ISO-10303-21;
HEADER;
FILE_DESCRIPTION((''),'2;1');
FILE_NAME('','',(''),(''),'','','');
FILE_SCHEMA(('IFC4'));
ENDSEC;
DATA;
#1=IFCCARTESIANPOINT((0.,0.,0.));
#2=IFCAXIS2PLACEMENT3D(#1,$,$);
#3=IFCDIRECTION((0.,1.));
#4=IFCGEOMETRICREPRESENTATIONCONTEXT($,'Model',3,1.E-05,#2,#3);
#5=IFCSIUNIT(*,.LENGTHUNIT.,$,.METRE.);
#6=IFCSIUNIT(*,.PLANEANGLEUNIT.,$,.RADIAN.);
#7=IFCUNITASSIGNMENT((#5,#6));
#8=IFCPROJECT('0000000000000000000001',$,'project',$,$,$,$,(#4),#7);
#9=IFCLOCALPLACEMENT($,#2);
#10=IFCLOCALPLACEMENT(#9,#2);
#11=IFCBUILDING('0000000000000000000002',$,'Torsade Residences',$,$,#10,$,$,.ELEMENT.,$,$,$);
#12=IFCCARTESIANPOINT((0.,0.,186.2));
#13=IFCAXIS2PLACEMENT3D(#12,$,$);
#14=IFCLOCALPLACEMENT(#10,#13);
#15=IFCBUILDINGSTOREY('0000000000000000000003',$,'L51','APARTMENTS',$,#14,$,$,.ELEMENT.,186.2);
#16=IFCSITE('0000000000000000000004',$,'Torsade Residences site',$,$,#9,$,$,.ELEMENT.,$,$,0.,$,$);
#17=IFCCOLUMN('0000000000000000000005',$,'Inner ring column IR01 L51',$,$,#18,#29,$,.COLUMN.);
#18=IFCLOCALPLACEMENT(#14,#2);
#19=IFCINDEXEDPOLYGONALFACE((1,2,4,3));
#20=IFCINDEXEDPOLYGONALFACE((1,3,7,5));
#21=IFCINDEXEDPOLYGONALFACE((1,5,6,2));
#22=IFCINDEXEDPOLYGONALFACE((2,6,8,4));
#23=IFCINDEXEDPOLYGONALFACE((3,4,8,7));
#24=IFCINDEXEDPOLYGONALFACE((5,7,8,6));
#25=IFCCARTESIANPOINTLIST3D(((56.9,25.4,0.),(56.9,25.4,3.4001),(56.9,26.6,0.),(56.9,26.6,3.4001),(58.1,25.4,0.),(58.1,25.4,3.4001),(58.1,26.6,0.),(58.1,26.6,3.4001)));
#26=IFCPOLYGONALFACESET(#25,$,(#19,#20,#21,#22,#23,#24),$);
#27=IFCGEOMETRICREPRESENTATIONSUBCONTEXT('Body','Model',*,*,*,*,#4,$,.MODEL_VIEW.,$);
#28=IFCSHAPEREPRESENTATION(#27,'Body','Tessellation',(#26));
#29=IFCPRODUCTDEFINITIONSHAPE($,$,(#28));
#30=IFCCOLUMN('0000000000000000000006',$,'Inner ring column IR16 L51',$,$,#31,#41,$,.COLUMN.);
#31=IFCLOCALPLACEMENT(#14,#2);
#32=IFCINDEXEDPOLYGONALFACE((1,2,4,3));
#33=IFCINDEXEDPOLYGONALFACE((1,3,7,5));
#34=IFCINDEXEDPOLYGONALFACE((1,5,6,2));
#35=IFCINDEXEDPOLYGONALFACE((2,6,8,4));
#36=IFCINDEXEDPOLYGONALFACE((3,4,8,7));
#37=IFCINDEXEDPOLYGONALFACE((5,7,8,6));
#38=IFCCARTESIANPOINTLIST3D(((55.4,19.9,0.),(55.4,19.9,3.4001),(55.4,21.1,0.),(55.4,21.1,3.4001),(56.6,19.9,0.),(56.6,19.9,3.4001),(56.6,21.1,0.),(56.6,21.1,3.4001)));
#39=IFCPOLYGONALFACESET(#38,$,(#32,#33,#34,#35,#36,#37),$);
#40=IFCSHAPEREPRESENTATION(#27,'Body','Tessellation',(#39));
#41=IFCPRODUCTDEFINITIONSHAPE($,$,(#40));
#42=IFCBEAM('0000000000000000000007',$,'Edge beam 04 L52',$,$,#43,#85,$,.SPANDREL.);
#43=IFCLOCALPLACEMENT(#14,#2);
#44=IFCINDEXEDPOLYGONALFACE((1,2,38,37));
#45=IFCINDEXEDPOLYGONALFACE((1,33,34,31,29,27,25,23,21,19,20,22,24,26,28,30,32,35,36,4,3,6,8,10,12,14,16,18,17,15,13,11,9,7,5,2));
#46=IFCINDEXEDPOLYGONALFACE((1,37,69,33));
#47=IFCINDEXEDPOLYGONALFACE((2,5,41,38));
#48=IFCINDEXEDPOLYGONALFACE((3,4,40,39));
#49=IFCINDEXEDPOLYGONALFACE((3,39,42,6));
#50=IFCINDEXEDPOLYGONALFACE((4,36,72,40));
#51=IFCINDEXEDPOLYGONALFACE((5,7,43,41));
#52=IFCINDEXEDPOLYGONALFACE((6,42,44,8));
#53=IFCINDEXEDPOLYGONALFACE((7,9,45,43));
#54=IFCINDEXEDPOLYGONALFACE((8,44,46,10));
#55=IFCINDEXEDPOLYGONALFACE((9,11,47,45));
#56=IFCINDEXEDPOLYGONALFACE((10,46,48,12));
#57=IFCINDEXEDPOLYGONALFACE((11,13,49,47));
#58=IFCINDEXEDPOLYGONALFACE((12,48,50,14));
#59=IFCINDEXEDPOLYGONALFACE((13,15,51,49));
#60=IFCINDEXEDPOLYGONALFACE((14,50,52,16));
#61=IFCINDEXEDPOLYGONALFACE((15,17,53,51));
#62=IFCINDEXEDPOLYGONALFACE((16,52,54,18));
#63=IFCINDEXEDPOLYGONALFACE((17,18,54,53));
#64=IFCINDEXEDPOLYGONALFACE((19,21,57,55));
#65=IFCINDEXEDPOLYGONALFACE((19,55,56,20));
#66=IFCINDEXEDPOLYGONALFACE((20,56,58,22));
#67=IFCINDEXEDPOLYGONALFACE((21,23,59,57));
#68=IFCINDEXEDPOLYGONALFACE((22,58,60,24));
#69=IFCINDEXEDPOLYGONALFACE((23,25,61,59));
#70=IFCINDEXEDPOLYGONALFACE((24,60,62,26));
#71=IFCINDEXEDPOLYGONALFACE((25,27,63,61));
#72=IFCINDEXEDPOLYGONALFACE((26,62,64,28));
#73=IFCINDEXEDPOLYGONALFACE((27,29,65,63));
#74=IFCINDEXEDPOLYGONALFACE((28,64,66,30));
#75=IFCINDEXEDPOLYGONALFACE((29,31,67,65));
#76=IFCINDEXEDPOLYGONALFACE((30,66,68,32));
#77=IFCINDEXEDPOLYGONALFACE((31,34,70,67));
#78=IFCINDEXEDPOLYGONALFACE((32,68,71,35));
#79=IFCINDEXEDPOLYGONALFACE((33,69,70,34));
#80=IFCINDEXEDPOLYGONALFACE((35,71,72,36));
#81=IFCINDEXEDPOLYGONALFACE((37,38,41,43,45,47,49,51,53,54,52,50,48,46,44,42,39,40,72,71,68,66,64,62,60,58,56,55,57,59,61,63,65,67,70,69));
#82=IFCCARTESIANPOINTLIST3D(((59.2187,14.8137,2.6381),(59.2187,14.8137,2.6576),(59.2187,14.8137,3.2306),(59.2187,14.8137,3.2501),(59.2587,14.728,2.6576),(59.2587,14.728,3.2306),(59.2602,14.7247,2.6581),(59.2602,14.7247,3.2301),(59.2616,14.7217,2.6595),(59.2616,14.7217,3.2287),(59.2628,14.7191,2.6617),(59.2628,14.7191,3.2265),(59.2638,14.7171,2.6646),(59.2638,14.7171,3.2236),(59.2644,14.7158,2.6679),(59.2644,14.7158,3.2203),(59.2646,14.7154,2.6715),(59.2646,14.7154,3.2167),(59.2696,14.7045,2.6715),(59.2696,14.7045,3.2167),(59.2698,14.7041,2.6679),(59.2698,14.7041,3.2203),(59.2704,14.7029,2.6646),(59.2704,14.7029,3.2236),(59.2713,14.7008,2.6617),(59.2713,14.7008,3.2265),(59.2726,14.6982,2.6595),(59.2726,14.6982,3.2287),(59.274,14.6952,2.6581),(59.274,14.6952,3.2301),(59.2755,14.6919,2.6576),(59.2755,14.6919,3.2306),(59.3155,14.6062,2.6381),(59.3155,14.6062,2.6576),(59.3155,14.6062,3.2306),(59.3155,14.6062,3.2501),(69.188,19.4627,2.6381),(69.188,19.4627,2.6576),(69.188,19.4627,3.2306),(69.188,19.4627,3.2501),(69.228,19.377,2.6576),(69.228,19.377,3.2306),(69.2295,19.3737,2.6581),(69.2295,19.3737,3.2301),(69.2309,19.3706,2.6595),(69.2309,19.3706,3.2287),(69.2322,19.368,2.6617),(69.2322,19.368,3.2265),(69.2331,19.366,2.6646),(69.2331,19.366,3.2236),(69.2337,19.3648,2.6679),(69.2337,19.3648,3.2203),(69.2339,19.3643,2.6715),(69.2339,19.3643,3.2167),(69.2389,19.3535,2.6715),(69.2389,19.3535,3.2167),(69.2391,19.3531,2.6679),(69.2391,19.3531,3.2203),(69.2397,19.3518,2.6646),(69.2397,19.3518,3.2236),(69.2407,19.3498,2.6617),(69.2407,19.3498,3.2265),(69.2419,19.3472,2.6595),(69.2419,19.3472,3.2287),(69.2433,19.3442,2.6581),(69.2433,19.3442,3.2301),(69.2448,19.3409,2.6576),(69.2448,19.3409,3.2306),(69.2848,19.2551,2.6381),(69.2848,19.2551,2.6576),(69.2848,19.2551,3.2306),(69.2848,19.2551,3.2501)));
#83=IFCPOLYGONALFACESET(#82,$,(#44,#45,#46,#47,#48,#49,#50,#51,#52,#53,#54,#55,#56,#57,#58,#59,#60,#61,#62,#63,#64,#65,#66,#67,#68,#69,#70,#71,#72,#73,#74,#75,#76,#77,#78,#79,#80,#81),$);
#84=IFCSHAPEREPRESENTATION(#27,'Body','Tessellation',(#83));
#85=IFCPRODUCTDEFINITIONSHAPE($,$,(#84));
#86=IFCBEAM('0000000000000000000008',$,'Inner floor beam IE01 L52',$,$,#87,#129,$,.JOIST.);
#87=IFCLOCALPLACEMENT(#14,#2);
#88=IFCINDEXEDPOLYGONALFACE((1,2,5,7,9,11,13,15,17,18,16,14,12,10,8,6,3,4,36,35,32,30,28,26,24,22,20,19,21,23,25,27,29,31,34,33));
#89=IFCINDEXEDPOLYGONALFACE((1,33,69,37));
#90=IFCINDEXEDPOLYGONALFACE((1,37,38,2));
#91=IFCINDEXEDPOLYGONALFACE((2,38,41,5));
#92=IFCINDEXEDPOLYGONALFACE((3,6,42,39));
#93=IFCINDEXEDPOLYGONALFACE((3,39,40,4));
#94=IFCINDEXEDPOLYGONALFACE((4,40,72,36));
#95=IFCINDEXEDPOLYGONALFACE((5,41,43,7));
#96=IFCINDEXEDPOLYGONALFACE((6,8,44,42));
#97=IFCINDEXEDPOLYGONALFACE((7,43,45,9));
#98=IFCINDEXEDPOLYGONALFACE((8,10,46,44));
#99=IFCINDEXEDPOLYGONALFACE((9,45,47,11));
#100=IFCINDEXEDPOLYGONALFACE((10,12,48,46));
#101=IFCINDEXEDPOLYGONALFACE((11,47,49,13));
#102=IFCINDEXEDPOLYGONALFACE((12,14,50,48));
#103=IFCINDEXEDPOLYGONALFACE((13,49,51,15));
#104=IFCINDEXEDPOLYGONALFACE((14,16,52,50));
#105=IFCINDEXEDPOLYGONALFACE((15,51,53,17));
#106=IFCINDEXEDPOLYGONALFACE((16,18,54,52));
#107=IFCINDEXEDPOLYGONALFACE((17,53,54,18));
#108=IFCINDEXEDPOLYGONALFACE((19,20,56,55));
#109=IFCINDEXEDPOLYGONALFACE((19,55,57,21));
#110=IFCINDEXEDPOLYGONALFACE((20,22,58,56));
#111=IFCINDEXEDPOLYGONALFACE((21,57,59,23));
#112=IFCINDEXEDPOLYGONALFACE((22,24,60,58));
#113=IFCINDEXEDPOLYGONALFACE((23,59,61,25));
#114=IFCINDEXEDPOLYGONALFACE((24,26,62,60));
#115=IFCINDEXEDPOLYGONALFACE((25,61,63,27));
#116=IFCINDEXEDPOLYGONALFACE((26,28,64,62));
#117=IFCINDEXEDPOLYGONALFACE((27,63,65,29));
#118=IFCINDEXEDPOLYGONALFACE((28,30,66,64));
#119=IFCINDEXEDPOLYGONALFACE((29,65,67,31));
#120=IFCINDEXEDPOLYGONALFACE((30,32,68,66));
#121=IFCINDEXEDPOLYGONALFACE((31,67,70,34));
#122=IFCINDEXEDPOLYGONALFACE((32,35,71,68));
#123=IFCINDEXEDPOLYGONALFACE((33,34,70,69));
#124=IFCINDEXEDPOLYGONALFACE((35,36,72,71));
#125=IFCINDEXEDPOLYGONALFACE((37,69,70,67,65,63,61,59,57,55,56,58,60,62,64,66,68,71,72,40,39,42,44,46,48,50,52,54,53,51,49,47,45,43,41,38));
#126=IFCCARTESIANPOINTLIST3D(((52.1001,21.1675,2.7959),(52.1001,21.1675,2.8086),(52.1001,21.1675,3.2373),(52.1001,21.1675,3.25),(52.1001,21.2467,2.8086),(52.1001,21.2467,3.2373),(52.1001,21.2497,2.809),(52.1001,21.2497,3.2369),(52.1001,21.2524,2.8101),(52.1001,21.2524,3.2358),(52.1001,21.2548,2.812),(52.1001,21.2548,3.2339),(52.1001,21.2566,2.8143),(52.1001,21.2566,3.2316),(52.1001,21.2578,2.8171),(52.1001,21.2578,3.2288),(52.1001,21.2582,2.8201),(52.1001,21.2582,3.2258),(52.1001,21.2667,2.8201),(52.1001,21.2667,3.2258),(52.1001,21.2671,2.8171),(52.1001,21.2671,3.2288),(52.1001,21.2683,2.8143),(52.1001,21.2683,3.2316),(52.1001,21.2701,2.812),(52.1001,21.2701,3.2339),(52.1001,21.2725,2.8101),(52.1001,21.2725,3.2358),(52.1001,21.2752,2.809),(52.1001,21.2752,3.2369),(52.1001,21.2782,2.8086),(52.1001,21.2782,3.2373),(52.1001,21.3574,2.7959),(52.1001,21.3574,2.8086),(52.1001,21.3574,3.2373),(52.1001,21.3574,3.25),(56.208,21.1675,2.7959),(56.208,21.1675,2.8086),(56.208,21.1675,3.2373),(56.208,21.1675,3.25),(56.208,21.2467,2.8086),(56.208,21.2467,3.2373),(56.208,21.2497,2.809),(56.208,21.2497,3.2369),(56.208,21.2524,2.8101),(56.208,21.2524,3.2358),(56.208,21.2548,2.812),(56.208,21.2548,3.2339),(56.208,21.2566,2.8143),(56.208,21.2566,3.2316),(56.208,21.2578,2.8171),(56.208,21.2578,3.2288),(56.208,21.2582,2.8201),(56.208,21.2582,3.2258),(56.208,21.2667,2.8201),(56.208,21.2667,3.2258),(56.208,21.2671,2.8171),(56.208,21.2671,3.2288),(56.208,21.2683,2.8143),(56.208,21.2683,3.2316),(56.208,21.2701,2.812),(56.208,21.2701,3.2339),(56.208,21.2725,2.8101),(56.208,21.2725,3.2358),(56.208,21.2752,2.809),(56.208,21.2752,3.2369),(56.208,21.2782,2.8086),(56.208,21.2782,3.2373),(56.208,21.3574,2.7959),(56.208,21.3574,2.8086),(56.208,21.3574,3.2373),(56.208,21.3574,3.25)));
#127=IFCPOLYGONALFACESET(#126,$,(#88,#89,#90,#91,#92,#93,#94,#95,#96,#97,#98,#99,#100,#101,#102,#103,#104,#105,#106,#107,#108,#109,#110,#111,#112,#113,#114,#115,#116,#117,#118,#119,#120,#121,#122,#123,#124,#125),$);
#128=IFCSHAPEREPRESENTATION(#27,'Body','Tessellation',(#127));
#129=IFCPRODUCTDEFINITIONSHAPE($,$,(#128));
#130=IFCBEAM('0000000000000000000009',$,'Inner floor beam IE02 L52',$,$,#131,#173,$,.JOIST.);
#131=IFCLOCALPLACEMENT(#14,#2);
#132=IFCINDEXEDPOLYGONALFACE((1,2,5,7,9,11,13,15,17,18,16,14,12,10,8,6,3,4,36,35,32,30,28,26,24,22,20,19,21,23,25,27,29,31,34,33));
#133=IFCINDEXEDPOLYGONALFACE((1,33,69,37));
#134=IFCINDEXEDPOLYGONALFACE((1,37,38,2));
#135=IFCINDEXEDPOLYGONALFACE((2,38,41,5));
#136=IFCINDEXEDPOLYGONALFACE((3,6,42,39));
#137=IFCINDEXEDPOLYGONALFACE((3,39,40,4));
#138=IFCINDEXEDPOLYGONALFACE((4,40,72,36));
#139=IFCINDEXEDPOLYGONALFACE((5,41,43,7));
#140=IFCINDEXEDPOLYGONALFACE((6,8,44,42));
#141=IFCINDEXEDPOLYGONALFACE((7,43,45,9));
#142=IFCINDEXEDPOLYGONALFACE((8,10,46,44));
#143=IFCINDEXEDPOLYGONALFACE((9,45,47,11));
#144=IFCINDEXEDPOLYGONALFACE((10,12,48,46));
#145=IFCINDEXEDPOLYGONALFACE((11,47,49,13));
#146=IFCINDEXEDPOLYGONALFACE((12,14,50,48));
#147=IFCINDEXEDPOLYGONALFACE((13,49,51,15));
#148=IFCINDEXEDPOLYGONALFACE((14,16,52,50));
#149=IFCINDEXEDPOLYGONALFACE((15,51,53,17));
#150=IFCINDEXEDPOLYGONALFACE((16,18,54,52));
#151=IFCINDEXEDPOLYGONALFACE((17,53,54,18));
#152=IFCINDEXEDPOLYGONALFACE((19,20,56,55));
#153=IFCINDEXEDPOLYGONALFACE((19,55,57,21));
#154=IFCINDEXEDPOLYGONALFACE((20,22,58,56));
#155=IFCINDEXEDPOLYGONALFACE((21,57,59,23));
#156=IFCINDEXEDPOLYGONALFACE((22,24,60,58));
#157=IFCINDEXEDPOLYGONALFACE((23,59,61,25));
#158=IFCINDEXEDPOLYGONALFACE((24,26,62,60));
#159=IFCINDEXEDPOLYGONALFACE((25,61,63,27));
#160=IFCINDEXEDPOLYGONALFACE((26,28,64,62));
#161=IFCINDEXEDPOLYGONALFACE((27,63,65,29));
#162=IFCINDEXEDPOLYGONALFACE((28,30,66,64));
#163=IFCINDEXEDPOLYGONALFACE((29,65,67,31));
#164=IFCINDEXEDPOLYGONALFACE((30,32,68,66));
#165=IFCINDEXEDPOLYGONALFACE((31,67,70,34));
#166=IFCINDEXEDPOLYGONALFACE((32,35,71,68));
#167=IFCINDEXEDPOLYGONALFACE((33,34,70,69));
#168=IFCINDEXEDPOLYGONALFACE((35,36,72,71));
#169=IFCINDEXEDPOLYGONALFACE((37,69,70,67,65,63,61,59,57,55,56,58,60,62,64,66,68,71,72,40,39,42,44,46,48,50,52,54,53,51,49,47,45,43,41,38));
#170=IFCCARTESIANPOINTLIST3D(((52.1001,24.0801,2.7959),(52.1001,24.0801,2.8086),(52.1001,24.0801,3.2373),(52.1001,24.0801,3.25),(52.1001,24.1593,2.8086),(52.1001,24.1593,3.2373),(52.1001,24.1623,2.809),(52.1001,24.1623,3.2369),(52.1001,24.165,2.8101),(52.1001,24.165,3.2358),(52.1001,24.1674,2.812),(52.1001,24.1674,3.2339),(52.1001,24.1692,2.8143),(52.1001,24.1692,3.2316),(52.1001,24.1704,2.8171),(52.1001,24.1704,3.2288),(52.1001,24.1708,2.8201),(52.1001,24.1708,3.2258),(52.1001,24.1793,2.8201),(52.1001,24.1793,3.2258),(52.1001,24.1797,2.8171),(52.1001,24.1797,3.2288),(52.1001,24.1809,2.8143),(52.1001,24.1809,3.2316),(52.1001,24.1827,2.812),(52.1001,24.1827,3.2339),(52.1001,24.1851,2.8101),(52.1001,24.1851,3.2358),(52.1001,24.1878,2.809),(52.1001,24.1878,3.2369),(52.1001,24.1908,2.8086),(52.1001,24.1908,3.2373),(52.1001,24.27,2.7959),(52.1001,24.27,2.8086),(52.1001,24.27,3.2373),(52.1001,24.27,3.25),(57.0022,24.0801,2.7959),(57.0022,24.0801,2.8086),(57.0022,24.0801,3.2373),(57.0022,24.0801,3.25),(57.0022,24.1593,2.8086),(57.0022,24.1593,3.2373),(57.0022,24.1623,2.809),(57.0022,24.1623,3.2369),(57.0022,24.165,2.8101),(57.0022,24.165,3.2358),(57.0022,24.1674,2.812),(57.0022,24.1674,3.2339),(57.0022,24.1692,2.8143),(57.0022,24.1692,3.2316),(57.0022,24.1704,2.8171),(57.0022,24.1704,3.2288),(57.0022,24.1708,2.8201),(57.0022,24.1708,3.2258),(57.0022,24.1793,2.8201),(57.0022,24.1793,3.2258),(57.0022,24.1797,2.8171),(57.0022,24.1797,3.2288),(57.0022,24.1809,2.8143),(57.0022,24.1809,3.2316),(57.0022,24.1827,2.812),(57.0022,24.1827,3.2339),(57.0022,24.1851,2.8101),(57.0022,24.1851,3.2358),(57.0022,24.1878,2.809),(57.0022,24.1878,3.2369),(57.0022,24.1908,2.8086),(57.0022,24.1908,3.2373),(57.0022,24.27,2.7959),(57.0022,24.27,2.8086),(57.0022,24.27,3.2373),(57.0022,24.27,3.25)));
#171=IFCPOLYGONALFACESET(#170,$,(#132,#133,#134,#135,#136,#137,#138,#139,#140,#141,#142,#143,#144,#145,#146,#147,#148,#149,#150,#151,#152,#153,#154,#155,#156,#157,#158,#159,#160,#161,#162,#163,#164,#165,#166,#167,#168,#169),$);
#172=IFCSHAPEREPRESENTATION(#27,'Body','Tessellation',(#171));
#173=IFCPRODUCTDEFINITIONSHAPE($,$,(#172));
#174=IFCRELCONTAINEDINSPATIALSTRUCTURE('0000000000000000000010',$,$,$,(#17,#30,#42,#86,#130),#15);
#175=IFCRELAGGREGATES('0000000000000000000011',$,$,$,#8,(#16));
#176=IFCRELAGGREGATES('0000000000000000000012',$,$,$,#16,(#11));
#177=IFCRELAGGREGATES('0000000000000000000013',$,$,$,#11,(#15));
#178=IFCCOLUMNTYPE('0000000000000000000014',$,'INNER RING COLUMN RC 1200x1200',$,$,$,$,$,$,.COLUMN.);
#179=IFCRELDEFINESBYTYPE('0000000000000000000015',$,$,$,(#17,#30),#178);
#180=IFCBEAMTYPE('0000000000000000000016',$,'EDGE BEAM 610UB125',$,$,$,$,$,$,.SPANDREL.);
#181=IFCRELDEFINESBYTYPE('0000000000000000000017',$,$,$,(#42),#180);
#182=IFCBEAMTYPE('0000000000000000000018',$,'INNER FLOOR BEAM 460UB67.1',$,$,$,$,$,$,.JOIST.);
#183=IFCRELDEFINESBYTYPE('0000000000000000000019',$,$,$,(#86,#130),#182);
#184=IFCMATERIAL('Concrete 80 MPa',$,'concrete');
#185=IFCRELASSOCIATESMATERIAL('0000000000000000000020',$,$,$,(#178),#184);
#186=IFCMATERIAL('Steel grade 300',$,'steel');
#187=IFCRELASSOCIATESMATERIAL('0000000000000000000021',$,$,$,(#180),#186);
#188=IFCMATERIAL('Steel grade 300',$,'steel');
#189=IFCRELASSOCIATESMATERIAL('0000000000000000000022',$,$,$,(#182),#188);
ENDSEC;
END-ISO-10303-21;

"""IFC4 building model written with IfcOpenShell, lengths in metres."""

from ifc_helpers import new_model, si_unit, direction, frame, origin, origin_2d, place, context, subcontext, project, spatial, rectangle, i_section, extrude, material, material_profile, profile_set, type_object, element, save


model = new_model("IFC4")

# Units and contexts
model_context = context("Model", 3, precision=1e-05, world=origin(), true_north=direction((0.0, 1.0)))
body_context = subcontext(model_context, "Body", "Model", "MODEL_VIEW")
ifc_project = project(units=[si_unit("LENGTHUNIT", "METRE"), si_unit("PLANEANGLEUNIT", "RADIAN")], contexts=[model_context])

# Site, building, storey
site_placement = place(None, origin())
site = spatial("IfcSite", under=ifc_project, at=site_placement, Name="Torsade Residences site", CompositionType="ELEMENT", RefElevation=0.0)
building_placement = place(site_placement, origin())
building = spatial("IfcBuilding", under=site, at=building_placement, Name="Torsade Residences", CompositionType="ELEMENT")
storey_placement = place(building_placement, frame((0.0, 0.0, 186.2)))
storey = spatial("IfcBuildingStorey", under=building, at=storey_placement, Name="L51", Description="APARTMENTS", CompositionType="ELEMENT", Elevation=186.2)

# Columns
ifc_material_1 = material(Name="Concrete 80 MPa", Category="concrete")
ifc_material_profile_1 = material_profile(ifc_material_1, rectangle(XDim=1.2, YDim=1.2, at=origin_2d()), Name="RC 1200x1200")
ifc_profile_set_1 = profile_set([ifc_material_profile_1], Name="Concrete 80 MPa")
column_type = type_object("IfcColumnType", Name="INNER RING COLUMN RC 1200x1200", PredefinedType="COLUMN", material=ifc_profile_set_1)
for number, where, z_axis, x_axis, name in (
    (1, (57.5, 26.0, 0.0), (0.0, 0.0, 1.0), (1.0, 0.0, 0.0), "Inner ring column IR01 L51"),
    (2, (56.0, 20.5, 0.0), (0.0, 0.0, 1.0), (1.0, 0.0, 0.0), "Inner ring column IR16 L51"),
):
    element("IfcColumn", number, at=place(storey_placement, frame(where, z_axis=z_axis, x_axis=x_axis)), inside=storey, type_object=column_type, Name=name, PredefinedType="COLUMN", context=body_context, shape_type="SweptSolid", body=[
        extrude(rectangle(XDim=1.2, YDim=1.2, at=origin_2d()), origin(), (0.0, 0.0, 1.0), 3.4001),
    ])

# Beams
ifc_material_2 = material(Name="Steel grade 300", Category="steel")
ifc_material_profile_2 = material_profile(ifc_material_2, i_section(OverallWidth=0.229, OverallDepth=0.6121, WebThickness=0.012, FlangeThickness=0.0195, FilletRadius=0.0139, at=origin_2d()), Name="610UB125")
ifc_profile_set_2 = profile_set([ifc_material_profile_2], Name="Steel grade 300")
beam_type_1 = type_object("IfcBeamType", Name="EDGE BEAM 610UB125", PredefinedType="SPANDREL", material=ifc_profile_set_2)
beam_1_placement = place(storey_placement, frame((59.2671, 14.71, 2.9441), z_axis=(0.906301, 0.422633, 0.0), x_axis=(-0.422633, 0.906301, 0.0)))
element("IfcBeam", 3, at=beam_1_placement, inside=storey, type_object=beam_type_1, Name="Edge beam 04 L52", PredefinedType="SPANDREL", context=body_context, shape_type="SweptSolid", body=[
    extrude(i_section(OverallWidth=0.229, OverallDepth=0.6121, WebThickness=0.012, FlangeThickness=0.0195, FilletRadius=0.0139, at=origin_2d()), origin(), (0.0, 0.0, 1.0), 11.0),
])
ifc_material_3 = material(Name="Steel grade 300", Category="steel")
ifc_material_profile_3 = material_profile(ifc_material_3, i_section(OverallWidth=0.1899, OverallDepth=0.4541, WebThickness=0.0085, FlangeThickness=0.0127, FilletRadius=0.0115, at=origin_2d()), Name="460UB67.1")
ifc_profile_set_3 = profile_set([ifc_material_profile_3], Name="Steel grade 300")
beam_type_2 = type_object("IfcBeamType", Name="INNER FLOOR BEAM 460UB67.1", PredefinedType="JOIST", material=ifc_profile_set_3)
beam_2_placement = place(storey_placement, frame((52.1001, 21.2625, 3.0229), z_axis=(1.0, 0.0, 0.0), x_axis=(0.0, 1.0, 0.0)))
element("IfcBeam", 4, at=beam_2_placement, inside=storey, type_object=beam_type_2, Name="Inner floor beam IE01 L52", PredefinedType="JOIST", context=body_context, shape_type="SweptSolid", body=[
    extrude(i_section(OverallWidth=0.1899, OverallDepth=0.4541, WebThickness=0.0085, FlangeThickness=0.0127, FilletRadius=0.0115, at=origin_2d()), origin(), (0.0, 0.0, 1.0), 4.1079),
])
beam_3_placement = place(storey_placement, frame((52.1001, 24.175, 3.0229), z_axis=(1.0, 0.0, 0.0), x_axis=(0.0, 1.0, 0.0)))
element("IfcBeam", 5, at=beam_3_placement, inside=storey, type_object=beam_type_2, Name="Inner floor beam IE02 L52", PredefinedType="JOIST", context=body_context, shape_type="SweptSolid", body=[
    extrude(i_section(OverallWidth=0.1899, OverallDepth=0.4541, WebThickness=0.0085, FlangeThickness=0.0127, FilletRadius=0.0115, at=origin_2d()), origin(), (0.0, 0.0, 1.0), 4.9021),
])

save(model, "model.ifc")
